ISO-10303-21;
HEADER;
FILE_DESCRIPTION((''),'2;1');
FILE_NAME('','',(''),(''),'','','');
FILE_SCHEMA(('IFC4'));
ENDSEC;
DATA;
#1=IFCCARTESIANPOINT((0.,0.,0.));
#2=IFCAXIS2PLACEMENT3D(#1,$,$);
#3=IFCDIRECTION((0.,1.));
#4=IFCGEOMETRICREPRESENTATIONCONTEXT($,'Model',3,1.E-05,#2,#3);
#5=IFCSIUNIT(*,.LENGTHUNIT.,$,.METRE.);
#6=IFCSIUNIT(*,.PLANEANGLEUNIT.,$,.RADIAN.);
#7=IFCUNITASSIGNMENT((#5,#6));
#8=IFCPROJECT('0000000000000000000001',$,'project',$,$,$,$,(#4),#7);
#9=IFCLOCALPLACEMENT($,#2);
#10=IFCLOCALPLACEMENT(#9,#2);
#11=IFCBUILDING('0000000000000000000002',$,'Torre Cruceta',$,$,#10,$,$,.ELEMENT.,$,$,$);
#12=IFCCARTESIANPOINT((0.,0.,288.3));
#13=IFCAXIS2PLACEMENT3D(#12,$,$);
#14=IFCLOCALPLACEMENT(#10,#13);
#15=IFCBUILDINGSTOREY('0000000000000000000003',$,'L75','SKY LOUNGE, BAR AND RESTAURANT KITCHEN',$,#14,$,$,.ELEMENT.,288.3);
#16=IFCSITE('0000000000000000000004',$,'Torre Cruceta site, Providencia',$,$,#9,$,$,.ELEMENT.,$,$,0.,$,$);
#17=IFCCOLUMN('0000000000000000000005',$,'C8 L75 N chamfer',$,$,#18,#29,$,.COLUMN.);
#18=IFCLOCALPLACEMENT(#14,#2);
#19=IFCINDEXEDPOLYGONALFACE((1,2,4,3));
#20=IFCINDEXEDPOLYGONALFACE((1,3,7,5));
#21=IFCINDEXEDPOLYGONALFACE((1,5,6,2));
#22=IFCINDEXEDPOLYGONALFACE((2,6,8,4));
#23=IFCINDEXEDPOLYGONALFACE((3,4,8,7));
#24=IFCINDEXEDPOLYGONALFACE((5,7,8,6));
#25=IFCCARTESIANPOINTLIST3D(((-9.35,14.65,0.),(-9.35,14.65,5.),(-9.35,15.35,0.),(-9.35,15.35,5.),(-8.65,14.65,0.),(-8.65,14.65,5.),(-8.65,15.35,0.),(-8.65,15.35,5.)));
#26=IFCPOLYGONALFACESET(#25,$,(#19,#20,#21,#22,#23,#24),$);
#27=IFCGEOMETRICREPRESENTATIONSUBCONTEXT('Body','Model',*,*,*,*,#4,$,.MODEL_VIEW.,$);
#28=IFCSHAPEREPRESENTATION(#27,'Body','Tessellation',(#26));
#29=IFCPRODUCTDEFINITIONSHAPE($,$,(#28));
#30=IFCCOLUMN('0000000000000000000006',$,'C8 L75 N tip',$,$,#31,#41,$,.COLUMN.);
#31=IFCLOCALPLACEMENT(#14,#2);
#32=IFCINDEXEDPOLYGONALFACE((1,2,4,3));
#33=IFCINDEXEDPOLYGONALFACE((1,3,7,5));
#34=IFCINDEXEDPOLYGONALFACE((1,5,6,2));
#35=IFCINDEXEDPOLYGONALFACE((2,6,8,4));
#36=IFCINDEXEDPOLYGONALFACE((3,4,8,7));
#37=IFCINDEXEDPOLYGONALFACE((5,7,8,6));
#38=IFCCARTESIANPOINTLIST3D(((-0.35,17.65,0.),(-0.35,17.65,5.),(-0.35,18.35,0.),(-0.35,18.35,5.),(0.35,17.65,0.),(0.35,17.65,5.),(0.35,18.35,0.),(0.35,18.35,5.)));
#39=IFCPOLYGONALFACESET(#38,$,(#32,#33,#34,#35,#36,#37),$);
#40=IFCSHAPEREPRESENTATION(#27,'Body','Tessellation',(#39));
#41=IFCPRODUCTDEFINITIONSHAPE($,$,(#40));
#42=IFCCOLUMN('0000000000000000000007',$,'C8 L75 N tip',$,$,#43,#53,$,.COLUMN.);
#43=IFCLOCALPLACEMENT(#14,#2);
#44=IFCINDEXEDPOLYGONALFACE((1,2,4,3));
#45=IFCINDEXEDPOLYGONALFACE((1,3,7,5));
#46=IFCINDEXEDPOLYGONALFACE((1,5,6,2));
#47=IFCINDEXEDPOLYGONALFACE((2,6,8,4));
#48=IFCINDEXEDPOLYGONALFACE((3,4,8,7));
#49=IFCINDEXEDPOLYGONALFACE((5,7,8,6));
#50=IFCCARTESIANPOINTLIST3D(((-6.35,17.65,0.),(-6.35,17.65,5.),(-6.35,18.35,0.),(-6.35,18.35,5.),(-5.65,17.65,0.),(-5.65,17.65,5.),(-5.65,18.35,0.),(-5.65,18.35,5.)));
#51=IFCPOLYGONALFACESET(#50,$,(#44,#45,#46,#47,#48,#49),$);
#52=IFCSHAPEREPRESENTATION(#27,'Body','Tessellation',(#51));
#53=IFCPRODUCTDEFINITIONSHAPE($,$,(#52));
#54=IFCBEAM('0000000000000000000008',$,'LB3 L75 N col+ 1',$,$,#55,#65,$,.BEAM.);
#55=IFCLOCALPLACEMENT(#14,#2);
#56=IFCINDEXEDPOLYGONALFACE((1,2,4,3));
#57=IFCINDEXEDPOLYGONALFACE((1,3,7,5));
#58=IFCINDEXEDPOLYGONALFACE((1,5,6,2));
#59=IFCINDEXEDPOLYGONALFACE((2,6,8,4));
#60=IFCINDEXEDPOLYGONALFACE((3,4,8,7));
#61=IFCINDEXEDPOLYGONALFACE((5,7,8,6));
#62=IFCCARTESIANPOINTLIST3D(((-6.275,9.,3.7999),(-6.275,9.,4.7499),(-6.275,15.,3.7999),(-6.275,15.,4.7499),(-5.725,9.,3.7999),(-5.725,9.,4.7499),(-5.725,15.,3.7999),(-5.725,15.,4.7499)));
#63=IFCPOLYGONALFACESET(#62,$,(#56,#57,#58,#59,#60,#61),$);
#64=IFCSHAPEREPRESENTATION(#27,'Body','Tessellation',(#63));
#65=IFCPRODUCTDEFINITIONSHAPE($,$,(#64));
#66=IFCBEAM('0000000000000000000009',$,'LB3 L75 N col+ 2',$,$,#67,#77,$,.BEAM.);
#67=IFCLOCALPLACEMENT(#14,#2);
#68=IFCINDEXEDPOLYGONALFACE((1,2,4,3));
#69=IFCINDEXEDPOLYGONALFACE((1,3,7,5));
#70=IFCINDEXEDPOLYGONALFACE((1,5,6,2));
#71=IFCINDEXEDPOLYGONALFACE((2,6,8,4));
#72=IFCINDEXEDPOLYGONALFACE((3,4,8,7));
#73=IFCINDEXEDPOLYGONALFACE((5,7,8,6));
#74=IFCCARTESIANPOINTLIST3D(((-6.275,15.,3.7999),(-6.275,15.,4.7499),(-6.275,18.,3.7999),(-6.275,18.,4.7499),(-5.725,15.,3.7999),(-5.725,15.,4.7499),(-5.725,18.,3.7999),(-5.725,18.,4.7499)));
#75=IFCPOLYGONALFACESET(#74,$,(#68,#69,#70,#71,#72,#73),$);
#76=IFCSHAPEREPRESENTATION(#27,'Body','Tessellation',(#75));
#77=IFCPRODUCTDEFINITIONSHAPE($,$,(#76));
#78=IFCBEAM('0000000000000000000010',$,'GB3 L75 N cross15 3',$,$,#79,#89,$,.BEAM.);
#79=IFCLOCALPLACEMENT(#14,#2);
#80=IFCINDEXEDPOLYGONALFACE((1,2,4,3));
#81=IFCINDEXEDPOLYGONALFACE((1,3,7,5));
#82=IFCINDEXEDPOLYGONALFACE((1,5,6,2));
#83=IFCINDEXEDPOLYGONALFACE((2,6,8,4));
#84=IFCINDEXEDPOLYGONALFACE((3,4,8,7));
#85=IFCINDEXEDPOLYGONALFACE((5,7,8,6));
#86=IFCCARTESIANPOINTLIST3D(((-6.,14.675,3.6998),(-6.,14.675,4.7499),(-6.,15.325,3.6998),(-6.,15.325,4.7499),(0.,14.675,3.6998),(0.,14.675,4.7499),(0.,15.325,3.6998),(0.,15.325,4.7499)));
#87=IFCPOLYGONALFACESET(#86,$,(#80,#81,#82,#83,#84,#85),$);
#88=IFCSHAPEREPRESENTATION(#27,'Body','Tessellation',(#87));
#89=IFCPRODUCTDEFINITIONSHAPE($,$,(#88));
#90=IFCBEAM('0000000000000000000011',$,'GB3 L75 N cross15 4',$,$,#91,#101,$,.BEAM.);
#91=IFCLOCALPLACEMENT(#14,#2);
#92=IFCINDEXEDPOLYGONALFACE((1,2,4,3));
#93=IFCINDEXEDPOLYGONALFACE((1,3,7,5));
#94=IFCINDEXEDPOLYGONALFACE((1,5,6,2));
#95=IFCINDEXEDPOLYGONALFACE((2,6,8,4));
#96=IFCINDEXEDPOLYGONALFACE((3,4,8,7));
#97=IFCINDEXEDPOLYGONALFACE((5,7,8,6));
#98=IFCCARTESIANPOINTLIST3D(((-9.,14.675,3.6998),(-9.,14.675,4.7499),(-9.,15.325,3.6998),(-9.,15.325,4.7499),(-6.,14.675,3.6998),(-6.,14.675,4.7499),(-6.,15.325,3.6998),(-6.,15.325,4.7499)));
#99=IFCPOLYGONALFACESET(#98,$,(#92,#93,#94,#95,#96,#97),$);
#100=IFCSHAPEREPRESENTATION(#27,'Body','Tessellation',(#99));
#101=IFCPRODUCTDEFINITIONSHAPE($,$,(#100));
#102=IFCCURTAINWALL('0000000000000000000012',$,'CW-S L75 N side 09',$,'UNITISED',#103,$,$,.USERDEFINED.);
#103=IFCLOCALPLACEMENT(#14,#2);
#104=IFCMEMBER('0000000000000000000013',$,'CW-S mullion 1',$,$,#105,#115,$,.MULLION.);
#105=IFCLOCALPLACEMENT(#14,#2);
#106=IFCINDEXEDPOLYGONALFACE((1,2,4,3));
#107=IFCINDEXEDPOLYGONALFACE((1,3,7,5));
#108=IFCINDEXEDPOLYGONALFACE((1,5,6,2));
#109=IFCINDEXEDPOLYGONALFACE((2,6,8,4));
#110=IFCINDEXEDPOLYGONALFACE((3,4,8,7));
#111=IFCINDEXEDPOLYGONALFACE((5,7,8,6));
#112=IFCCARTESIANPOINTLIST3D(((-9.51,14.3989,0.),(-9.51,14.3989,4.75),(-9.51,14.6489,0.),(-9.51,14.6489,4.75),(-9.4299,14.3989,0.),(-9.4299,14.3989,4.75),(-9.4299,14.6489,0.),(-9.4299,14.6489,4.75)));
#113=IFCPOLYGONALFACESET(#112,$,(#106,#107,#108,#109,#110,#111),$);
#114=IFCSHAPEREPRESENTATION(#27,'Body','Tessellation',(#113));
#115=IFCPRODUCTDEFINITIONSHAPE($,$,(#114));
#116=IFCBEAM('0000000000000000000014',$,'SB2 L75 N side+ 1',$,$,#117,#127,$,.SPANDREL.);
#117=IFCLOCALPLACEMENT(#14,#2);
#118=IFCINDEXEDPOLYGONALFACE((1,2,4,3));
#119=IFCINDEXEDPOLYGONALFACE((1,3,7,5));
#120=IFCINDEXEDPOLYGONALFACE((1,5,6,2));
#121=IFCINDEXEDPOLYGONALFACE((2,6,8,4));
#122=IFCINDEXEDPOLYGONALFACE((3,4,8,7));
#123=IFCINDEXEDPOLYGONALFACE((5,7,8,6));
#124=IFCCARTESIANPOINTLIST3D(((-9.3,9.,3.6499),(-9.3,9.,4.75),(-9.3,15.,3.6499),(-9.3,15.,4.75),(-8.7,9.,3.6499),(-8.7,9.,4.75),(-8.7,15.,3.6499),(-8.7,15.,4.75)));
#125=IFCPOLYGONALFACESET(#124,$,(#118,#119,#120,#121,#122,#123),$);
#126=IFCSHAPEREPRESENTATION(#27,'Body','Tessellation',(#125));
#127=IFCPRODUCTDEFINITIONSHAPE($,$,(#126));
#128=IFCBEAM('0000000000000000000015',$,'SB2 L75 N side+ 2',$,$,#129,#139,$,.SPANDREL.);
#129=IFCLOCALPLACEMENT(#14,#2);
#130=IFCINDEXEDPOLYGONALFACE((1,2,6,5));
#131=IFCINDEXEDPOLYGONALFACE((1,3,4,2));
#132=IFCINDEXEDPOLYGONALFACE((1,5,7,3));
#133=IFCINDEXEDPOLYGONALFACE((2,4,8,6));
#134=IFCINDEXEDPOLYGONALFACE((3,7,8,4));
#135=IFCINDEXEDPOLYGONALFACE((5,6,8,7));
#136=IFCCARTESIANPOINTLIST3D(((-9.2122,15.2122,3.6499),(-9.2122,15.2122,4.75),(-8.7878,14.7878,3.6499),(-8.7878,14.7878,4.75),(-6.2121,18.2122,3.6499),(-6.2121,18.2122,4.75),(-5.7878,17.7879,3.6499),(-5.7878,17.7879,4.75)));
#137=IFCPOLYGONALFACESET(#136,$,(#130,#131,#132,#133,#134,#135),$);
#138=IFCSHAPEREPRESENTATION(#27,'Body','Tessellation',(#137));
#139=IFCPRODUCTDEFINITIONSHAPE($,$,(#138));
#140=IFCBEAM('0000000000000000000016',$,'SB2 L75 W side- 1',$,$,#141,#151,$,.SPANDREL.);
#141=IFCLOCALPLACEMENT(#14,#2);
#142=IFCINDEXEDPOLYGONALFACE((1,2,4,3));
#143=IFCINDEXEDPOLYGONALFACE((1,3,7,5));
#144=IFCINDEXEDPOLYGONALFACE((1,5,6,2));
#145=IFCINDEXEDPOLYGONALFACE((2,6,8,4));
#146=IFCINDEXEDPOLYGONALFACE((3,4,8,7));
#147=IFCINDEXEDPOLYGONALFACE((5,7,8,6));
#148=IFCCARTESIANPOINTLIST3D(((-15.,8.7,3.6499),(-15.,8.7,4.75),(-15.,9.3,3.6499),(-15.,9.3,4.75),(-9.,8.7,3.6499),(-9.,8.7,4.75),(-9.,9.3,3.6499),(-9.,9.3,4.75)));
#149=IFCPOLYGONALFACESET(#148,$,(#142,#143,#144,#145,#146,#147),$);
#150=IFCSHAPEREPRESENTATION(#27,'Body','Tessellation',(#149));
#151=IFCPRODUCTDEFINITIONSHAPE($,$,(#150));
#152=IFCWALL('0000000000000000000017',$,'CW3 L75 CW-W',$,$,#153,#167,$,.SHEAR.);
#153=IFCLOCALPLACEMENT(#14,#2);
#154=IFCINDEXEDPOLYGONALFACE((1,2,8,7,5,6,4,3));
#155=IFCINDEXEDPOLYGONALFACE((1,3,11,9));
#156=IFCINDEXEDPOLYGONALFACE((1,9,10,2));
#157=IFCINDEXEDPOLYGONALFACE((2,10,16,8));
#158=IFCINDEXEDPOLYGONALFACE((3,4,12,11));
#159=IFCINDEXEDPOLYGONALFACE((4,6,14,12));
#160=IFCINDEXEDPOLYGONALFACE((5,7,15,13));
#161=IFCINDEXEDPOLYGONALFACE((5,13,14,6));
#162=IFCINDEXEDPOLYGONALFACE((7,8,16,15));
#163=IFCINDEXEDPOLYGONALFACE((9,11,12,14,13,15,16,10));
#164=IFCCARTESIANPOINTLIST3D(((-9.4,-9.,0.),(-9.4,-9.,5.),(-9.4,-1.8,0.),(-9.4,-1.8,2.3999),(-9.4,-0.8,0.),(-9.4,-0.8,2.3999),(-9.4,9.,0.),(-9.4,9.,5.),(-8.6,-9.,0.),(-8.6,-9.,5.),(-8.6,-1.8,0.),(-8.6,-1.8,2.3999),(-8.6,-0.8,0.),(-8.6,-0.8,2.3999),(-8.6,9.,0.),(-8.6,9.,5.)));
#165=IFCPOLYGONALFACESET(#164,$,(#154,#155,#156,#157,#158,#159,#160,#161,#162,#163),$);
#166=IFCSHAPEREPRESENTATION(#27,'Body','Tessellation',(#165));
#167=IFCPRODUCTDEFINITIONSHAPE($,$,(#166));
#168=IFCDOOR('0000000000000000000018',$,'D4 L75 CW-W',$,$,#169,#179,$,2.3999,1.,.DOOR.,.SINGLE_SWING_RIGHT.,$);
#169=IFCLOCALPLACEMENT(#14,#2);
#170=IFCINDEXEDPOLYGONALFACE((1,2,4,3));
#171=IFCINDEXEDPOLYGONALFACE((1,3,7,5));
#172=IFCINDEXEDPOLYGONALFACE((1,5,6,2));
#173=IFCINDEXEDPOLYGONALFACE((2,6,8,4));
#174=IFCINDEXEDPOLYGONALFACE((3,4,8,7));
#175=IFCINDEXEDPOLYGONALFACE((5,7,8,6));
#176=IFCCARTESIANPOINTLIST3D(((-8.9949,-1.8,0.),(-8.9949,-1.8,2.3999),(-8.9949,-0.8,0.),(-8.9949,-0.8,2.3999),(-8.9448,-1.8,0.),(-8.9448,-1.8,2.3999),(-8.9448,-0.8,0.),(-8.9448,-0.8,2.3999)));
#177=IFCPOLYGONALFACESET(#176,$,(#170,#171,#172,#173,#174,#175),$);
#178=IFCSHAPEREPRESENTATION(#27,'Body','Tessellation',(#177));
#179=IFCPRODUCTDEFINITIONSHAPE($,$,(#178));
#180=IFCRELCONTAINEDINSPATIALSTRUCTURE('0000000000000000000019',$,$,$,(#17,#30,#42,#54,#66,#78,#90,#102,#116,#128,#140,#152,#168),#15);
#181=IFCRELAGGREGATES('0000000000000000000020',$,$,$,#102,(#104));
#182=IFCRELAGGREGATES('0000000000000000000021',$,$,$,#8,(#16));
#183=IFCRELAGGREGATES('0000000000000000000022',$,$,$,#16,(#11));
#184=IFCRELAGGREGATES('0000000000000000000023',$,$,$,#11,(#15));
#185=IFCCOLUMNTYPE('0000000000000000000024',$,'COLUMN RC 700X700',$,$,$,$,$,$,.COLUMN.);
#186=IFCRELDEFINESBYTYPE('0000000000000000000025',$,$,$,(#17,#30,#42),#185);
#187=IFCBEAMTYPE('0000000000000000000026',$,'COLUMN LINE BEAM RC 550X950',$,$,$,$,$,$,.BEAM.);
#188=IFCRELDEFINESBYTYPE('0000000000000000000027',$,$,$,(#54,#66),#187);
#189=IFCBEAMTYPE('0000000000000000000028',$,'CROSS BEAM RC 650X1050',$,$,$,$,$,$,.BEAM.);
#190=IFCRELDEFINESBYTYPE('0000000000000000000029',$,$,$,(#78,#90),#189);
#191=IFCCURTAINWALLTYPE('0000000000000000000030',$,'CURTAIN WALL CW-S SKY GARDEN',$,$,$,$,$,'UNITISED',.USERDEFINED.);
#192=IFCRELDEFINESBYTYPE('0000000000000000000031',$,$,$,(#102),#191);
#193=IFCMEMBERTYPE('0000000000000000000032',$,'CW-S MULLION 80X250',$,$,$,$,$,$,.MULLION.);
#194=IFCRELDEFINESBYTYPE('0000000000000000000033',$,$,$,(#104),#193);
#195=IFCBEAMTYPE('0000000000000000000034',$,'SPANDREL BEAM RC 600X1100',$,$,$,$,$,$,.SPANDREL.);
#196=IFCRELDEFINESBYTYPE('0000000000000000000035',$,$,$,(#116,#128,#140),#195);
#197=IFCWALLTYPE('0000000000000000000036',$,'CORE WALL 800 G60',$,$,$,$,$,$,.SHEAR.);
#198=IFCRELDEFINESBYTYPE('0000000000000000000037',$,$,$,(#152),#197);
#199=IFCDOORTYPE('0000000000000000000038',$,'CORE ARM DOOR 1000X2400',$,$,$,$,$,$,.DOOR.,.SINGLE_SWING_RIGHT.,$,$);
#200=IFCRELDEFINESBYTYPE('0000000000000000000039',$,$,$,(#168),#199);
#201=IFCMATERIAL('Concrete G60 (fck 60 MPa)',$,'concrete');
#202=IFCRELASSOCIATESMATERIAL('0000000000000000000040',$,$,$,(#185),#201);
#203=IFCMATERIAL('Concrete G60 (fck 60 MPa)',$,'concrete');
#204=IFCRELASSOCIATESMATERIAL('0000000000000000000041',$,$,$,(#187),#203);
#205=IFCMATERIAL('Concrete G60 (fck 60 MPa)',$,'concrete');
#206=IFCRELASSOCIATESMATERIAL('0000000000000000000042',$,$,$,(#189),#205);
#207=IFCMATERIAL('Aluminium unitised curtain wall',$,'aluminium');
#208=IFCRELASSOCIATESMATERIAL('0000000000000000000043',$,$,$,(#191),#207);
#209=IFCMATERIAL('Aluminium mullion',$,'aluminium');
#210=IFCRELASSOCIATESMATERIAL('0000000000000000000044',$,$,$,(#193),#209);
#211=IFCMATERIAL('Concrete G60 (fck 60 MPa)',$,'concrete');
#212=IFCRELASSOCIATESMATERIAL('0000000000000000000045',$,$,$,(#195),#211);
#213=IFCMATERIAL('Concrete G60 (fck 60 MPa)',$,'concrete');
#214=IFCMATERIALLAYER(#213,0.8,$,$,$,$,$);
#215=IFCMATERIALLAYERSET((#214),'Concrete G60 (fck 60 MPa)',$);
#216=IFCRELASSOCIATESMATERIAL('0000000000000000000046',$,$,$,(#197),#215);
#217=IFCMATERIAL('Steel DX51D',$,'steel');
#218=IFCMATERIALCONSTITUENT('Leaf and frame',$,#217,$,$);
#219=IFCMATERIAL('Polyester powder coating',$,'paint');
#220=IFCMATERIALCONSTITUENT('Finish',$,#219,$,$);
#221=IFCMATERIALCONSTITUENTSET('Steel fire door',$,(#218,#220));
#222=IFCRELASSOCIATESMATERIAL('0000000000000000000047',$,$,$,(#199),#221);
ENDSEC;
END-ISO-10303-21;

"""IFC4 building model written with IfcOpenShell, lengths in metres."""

from ifc_helpers import new_model, si_unit, direction, frame, frame_2d, origin, origin_2d, place, context, subcontext, project, spatial, rectangle, extrude, material, layer, layer_set, constituent, constituent_set, material_profile, profile_set, type_object, element, fill, aggregate, save


model = new_model("IFC4")

# Units and contexts
model_context = context("Model", 3, precision=1e-05, world=origin(), true_north=direction((0.0, 1.0)))
body_context = subcontext(model_context, "Body", "Model", "MODEL_VIEW")
ifc_project = project(units=[si_unit("LENGTHUNIT", "METRE"), si_unit("PLANEANGLEUNIT", "RADIAN")], contexts=[model_context])

# Site, building, storey
site_placement = place(None, origin())
site = spatial("IfcSite", under=ifc_project, at=site_placement, Name="Torre Cruceta site, Providencia", CompositionType="ELEMENT", RefElevation=0.0)
building_placement = place(site_placement, origin())
building = spatial("IfcBuilding", under=site, at=building_placement, Name="Torre Cruceta", CompositionType="ELEMENT")
storey_placement = place(building_placement, frame((0.0, 0.0, 288.3)))
storey = spatial("IfcBuildingStorey", under=building, at=storey_placement, Name="L75", Description="SKY LOUNGE, BAR AND RESTAURANT KITCHEN", CompositionType="ELEMENT", Elevation=288.3)

# Columns
ifc_material_1 = material(Name="Concrete G60 (fck 60 MPa)", Category="concrete")
ifc_material_profile_1 = material_profile(ifc_material_1, rectangle(XDim=0.7, YDim=0.7, at=origin_2d()), Name="RC 700X700")
ifc_profile_set_1 = profile_set([ifc_material_profile_1], Name="Concrete G60 (fck 60 MPa)")
column_type = type_object("IfcColumnType", Name="COLUMN RC 700X700", PredefinedType="COLUMN", material=ifc_profile_set_1)
for number, where, z_axis, x_axis, name in (
    (1, (-9.0, 15.0, 0.0), (0.0, 0.0, 1.0), (1.0, 0.0, 0.0), "C8 L75 N chamfer"),
    (2, (0.0, 18.0, 0.0), (0.0, 0.0, 1.0), (1.0, 0.0, 0.0), "C8 L75 N tip"),
    (3, (-6.0, 18.0, 0.0), (0.0, 0.0, 1.0), (1.0, 0.0, 0.0), "C8 L75 N tip"),
):
    element("IfcColumn", number, at=place(storey_placement, frame(where, z_axis=z_axis, x_axis=x_axis)), inside=storey, type_object=column_type, Name=name, PredefinedType="COLUMN", context=body_context, shape_type="SweptSolid", body=[
        extrude(rectangle(XDim=0.7, YDim=0.7, at=origin_2d()), origin(), (0.0, 0.0, 1.0), 5.0),
    ])

# Beams
ifc_material_2 = material(Name="Concrete G60 (fck 60 MPa)", Category="concrete")
ifc_material_profile_2 = material_profile(ifc_material_2, rectangle(XDim=0.55, YDim=0.95, at=origin_2d()), Name="RC 550X950")
ifc_profile_set_2 = profile_set([ifc_material_profile_2], Name="Concrete G60 (fck 60 MPa)")
beam_type_1 = type_object("IfcBeamType", Name="COLUMN LINE BEAM RC 550X950", PredefinedType="BEAM", material=ifc_profile_set_2)
beam_1_placement = place(storey_placement, frame((-6.0, 9.0, 4.2749), z_axis=(0.0, 1.0, 0.0), x_axis=(-1.0, 0.0, 0.0)))
element("IfcBeam", 4, at=beam_1_placement, inside=storey, type_object=beam_type_1, Name="LB3 L75 N col+ 1", PredefinedType="BEAM", context=body_context, shape_type="SweptSolid", body=[
    extrude(rectangle(XDim=0.55, YDim=0.95, at=origin_2d()), origin(), (0.0, 0.0, 1.0), 6.0),
])
beam_2_placement = place(storey_placement, frame((-6.0, 15.0, 4.2749), z_axis=(0.0, 1.0, 0.0), x_axis=(-1.0, 0.0, 0.0)))
element("IfcBeam", 5, at=beam_2_placement, inside=storey, type_object=beam_type_1, Name="LB3 L75 N col+ 2", PredefinedType="BEAM", context=body_context, shape_type="SweptSolid", body=[
    extrude(rectangle(XDim=0.55, YDim=0.95, at=origin_2d()), origin(), (0.0, 0.0, 1.0), 3.0),
])
ifc_material_3 = material(Name="Concrete G60 (fck 60 MPa)", Category="concrete")
ifc_material_profile_3 = material_profile(ifc_material_3, rectangle(XDim=0.6499, YDim=1.05, at=origin_2d()), Name="RC 650X1050")
ifc_profile_set_3 = profile_set([ifc_material_profile_3], Name="Concrete G60 (fck 60 MPa)")
beam_type_2 = type_object("IfcBeamType", Name="CROSS BEAM RC 650X1050", PredefinedType="BEAM", material=ifc_profile_set_3)
beam_3_placement = place(storey_placement, frame((0.0, 15.0, 4.2249), z_axis=(-1.0, 0.0, 0.0), x_axis=(0.0, -1.0, 0.0)))
element("IfcBeam", 6, at=beam_3_placement, inside=storey, type_object=beam_type_2, Name="GB3 L75 N cross15 3", PredefinedType="BEAM", context=body_context, shape_type="SweptSolid", body=[
    extrude(rectangle(XDim=0.6499, YDim=1.05, at=origin_2d()), origin(), (0.0, 0.0, 1.0), 6.0),
])
beam_4_placement = place(storey_placement, frame((-6.0, 15.0, 4.2249), z_axis=(-1.0, 0.0, 0.0), x_axis=(0.0, -1.0, 0.0)))
element("IfcBeam", 7, at=beam_4_placement, inside=storey, type_object=beam_type_2, Name="GB3 L75 N cross15 4", PredefinedType="BEAM", context=body_context, shape_type="SweptSolid", body=[
    extrude(rectangle(XDim=0.6499, YDim=1.05, at=origin_2d()), origin(), (0.0, 0.0, 1.0), 3.0),
])

# Curtain wall, member
ifc_material_4 = material(Name="Aluminium unitised curtain wall", Category="aluminium")
curtain_wall_type = type_object("IfcCurtainWallType", Name="CURTAIN WALL CW-S SKY GARDEN", ElementType="UNITISED", PredefinedType="USERDEFINED", material=ifc_material_4)
curtain_wall_placement = place(storey_placement, origin())
curtain_wall = element("IfcCurtainWall", 8, at=curtain_wall_placement, inside=storey, type_object=curtain_wall_type, Name="CW-S L75 N side 09", ObjectType="UNITISED", PredefinedType="USERDEFINED")
ifc_material_5 = material(Name="Aluminium mullion", Category="aluminium")
ifc_material_profile_4 = material_profile(ifc_material_5, rectangle(XDim=0.0801, YDim=0.25, at=origin_2d()), Name="AL 80X250")
ifc_profile_set_4 = profile_set([ifc_material_profile_4], Name="Aluminium mullion")
member_type = type_object("IfcMemberType", Name="CW-S MULLION 80X250", PredefinedType="MULLION", material=ifc_profile_set_4)
member_placement = place(storey_placement, frame((-9.47, 14.5239, 0.0), z_axis=(0.0, 0.0, 1.0), x_axis=(1.0, 0.0, 0.0)))
member = element("IfcMember", 9, at=member_placement, type_object=member_type, Name="CW-S mullion 1", PredefinedType="MULLION", context=body_context, shape_type="SweptSolid", body=[
    extrude(rectangle(XDim=0.0801, YDim=0.25, at=origin_2d()), origin(), (0.0, 0.0, 1.0), 4.75),
])
aggregate(curtain_wall, [member])

# Beams
ifc_material_6 = material(Name="Concrete G60 (fck 60 MPa)", Category="concrete")
ifc_material_profile_5 = material_profile(ifc_material_6, rectangle(XDim=0.6001, YDim=1.1001, at=origin_2d()), Name="RC 600X1100")
ifc_profile_set_5 = profile_set([ifc_material_profile_5], Name="Concrete G60 (fck 60 MPa)")
beam_type_3 = type_object("IfcBeamType", Name="SPANDREL BEAM RC 600X1100", PredefinedType="SPANDREL", material=ifc_profile_set_5)
beam_5_placement = place(storey_placement, frame((-9.0, 9.0, 4.2), z_axis=(0.0, 1.0, 0.0), x_axis=(-1.0, 0.0, 0.0)))
element("IfcBeam", 10, at=beam_5_placement, inside=storey, type_object=beam_type_3, Name="SB2 L75 N side+ 1", PredefinedType="SPANDREL", context=body_context, shape_type="SweptSolid", body=[
    extrude(rectangle(XDim=0.6001, YDim=1.1001, at=origin_2d()), origin(), (0.0, 0.0, 1.0), 6.0),
])
beam_6_placement = place(storey_placement, frame((-9.0, 15.0, 4.2), z_axis=(0.707107, 0.707107, 0.0), x_axis=(-0.707107, 0.707107, 0.0)))
element("IfcBeam", 11, at=beam_6_placement, inside=storey, type_object=beam_type_3, Name="SB2 L75 N side+ 2", PredefinedType="SPANDREL", context=body_context, shape_type="SweptSolid", body=[
    extrude(rectangle(XDim=0.6001, YDim=1.1001, at=origin_2d()), origin(), (0.0, 0.0, 1.0), 4.2427),
])
beam_7_placement = place(storey_placement, frame((-9.0, 9.0, 4.2), z_axis=(-1.0, 0.0, 0.0), x_axis=(0.0, -1.0, 0.0)))
element("IfcBeam", 12, at=beam_7_placement, inside=storey, type_object=beam_type_3, Name="SB2 L75 W side- 1", PredefinedType="SPANDREL", context=body_context, shape_type="SweptSolid", body=[
    extrude(rectangle(XDim=0.6001, YDim=1.1001, at=origin_2d()), origin(), (0.0, 0.0, 1.0), 6.0),
])

# Wall, opening, door
ifc_material_7 = material(Name="Concrete G60 (fck 60 MPa)", Category="concrete")
ifc_layer_1 = layer(ifc_material_7, 0.8)
ifc_layer_set_1 = layer_set([ifc_layer_1], Name="Concrete G60 (fck 60 MPa)")
wall_type_1 = type_object("IfcWallType", Name="CORE WALL 800 G60", PredefinedType="SHEAR", material=ifc_layer_set_1)
wall_1_placement = place(storey_placement, frame((-9.0, 9.0, 0.0), z_axis=(0.0, 0.0, 1.0), x_axis=(0.0, -1.0, 0.0)))
wall_1 = element("IfcWall", 13, at=wall_1_placement, inside=storey, type_object=wall_type_1, Name="CW3 L75 CW-W", PredefinedType="SHEAR", context=body_context, shape_type="SweptSolid", body=[
    extrude(rectangle(XDim=18.0, YDim=0.8, at=frame_2d((9.0, 0.0))), origin(), (0.0, 0.0, 1.0), 5.0),
])
opening_1_placement = place(wall_1_placement, frame((9.8, 0.0, 0.0)))
opening_1 = element("IfcOpeningElement", 14, at=opening_1_placement, cuts=wall_1, PredefinedType="OPENING", context=body_context, shape_type="SweptSolid", body=[
    extrude(rectangle(XDim=1.0, YDim=2.3999, at=frame_2d((0.5, 1.2))), frame((0.0, 0.4099, 0.0), z_axis=(0.0, -1.0, 0.0), x_axis=(1.0, 0.0, 0.0)), (0.0, 0.0, 1.0), 0.8201),
])
ifc_material_8 = material(Name="Steel DX51D", Category="steel")
ifc_constituent_1 = constituent(ifc_material_8, Name="Leaf and frame")
ifc_material_9 = material(Name="Polyester powder coating", Category="paint")
ifc_constituent_2 = constituent(ifc_material_9, Name="Finish")
ifc_constituent_set_1 = constituent_set(constituents=[ifc_constituent_1, ifc_constituent_2], Name="Steel fire door")
door_type_1 = type_object("IfcDoorType", Name="CORE ARM DOOR 1000X2400", OperationType="SINGLE_SWING_RIGHT", PredefinedType="DOOR", material=ifc_constituent_set_1)
door_1_placement = place(opening_1_placement, frame((1.0, 0.0, 0.0), z_axis=(0.0, 0.0, 1.0), x_axis=(-1.0, 0.0, 0.0)))
door_1 = element("IfcDoor", 15, at=door_1_placement, inside=storey, type_object=door_type_1, Name="D4 L75 CW-W", OperationType="SINGLE_SWING_RIGHT", OverallHeight=2.3999, OverallWidth=1.0, PredefinedType="DOOR", context=body_context, shape_type="SweptSolid", body=[
    extrude(rectangle(XDim=1.0, YDim=2.3999, at=frame_2d((0.5, 1.2))), frame((0.0, -0.0051, 0.0), z_axis=(0.0, -1.0, 0.0), x_axis=(1.0, 0.0, 0.0)), (0.0, 0.0, 1.0), 0.05),
])
fill(opening_1, door_1)

save(model, "model.ifc")
